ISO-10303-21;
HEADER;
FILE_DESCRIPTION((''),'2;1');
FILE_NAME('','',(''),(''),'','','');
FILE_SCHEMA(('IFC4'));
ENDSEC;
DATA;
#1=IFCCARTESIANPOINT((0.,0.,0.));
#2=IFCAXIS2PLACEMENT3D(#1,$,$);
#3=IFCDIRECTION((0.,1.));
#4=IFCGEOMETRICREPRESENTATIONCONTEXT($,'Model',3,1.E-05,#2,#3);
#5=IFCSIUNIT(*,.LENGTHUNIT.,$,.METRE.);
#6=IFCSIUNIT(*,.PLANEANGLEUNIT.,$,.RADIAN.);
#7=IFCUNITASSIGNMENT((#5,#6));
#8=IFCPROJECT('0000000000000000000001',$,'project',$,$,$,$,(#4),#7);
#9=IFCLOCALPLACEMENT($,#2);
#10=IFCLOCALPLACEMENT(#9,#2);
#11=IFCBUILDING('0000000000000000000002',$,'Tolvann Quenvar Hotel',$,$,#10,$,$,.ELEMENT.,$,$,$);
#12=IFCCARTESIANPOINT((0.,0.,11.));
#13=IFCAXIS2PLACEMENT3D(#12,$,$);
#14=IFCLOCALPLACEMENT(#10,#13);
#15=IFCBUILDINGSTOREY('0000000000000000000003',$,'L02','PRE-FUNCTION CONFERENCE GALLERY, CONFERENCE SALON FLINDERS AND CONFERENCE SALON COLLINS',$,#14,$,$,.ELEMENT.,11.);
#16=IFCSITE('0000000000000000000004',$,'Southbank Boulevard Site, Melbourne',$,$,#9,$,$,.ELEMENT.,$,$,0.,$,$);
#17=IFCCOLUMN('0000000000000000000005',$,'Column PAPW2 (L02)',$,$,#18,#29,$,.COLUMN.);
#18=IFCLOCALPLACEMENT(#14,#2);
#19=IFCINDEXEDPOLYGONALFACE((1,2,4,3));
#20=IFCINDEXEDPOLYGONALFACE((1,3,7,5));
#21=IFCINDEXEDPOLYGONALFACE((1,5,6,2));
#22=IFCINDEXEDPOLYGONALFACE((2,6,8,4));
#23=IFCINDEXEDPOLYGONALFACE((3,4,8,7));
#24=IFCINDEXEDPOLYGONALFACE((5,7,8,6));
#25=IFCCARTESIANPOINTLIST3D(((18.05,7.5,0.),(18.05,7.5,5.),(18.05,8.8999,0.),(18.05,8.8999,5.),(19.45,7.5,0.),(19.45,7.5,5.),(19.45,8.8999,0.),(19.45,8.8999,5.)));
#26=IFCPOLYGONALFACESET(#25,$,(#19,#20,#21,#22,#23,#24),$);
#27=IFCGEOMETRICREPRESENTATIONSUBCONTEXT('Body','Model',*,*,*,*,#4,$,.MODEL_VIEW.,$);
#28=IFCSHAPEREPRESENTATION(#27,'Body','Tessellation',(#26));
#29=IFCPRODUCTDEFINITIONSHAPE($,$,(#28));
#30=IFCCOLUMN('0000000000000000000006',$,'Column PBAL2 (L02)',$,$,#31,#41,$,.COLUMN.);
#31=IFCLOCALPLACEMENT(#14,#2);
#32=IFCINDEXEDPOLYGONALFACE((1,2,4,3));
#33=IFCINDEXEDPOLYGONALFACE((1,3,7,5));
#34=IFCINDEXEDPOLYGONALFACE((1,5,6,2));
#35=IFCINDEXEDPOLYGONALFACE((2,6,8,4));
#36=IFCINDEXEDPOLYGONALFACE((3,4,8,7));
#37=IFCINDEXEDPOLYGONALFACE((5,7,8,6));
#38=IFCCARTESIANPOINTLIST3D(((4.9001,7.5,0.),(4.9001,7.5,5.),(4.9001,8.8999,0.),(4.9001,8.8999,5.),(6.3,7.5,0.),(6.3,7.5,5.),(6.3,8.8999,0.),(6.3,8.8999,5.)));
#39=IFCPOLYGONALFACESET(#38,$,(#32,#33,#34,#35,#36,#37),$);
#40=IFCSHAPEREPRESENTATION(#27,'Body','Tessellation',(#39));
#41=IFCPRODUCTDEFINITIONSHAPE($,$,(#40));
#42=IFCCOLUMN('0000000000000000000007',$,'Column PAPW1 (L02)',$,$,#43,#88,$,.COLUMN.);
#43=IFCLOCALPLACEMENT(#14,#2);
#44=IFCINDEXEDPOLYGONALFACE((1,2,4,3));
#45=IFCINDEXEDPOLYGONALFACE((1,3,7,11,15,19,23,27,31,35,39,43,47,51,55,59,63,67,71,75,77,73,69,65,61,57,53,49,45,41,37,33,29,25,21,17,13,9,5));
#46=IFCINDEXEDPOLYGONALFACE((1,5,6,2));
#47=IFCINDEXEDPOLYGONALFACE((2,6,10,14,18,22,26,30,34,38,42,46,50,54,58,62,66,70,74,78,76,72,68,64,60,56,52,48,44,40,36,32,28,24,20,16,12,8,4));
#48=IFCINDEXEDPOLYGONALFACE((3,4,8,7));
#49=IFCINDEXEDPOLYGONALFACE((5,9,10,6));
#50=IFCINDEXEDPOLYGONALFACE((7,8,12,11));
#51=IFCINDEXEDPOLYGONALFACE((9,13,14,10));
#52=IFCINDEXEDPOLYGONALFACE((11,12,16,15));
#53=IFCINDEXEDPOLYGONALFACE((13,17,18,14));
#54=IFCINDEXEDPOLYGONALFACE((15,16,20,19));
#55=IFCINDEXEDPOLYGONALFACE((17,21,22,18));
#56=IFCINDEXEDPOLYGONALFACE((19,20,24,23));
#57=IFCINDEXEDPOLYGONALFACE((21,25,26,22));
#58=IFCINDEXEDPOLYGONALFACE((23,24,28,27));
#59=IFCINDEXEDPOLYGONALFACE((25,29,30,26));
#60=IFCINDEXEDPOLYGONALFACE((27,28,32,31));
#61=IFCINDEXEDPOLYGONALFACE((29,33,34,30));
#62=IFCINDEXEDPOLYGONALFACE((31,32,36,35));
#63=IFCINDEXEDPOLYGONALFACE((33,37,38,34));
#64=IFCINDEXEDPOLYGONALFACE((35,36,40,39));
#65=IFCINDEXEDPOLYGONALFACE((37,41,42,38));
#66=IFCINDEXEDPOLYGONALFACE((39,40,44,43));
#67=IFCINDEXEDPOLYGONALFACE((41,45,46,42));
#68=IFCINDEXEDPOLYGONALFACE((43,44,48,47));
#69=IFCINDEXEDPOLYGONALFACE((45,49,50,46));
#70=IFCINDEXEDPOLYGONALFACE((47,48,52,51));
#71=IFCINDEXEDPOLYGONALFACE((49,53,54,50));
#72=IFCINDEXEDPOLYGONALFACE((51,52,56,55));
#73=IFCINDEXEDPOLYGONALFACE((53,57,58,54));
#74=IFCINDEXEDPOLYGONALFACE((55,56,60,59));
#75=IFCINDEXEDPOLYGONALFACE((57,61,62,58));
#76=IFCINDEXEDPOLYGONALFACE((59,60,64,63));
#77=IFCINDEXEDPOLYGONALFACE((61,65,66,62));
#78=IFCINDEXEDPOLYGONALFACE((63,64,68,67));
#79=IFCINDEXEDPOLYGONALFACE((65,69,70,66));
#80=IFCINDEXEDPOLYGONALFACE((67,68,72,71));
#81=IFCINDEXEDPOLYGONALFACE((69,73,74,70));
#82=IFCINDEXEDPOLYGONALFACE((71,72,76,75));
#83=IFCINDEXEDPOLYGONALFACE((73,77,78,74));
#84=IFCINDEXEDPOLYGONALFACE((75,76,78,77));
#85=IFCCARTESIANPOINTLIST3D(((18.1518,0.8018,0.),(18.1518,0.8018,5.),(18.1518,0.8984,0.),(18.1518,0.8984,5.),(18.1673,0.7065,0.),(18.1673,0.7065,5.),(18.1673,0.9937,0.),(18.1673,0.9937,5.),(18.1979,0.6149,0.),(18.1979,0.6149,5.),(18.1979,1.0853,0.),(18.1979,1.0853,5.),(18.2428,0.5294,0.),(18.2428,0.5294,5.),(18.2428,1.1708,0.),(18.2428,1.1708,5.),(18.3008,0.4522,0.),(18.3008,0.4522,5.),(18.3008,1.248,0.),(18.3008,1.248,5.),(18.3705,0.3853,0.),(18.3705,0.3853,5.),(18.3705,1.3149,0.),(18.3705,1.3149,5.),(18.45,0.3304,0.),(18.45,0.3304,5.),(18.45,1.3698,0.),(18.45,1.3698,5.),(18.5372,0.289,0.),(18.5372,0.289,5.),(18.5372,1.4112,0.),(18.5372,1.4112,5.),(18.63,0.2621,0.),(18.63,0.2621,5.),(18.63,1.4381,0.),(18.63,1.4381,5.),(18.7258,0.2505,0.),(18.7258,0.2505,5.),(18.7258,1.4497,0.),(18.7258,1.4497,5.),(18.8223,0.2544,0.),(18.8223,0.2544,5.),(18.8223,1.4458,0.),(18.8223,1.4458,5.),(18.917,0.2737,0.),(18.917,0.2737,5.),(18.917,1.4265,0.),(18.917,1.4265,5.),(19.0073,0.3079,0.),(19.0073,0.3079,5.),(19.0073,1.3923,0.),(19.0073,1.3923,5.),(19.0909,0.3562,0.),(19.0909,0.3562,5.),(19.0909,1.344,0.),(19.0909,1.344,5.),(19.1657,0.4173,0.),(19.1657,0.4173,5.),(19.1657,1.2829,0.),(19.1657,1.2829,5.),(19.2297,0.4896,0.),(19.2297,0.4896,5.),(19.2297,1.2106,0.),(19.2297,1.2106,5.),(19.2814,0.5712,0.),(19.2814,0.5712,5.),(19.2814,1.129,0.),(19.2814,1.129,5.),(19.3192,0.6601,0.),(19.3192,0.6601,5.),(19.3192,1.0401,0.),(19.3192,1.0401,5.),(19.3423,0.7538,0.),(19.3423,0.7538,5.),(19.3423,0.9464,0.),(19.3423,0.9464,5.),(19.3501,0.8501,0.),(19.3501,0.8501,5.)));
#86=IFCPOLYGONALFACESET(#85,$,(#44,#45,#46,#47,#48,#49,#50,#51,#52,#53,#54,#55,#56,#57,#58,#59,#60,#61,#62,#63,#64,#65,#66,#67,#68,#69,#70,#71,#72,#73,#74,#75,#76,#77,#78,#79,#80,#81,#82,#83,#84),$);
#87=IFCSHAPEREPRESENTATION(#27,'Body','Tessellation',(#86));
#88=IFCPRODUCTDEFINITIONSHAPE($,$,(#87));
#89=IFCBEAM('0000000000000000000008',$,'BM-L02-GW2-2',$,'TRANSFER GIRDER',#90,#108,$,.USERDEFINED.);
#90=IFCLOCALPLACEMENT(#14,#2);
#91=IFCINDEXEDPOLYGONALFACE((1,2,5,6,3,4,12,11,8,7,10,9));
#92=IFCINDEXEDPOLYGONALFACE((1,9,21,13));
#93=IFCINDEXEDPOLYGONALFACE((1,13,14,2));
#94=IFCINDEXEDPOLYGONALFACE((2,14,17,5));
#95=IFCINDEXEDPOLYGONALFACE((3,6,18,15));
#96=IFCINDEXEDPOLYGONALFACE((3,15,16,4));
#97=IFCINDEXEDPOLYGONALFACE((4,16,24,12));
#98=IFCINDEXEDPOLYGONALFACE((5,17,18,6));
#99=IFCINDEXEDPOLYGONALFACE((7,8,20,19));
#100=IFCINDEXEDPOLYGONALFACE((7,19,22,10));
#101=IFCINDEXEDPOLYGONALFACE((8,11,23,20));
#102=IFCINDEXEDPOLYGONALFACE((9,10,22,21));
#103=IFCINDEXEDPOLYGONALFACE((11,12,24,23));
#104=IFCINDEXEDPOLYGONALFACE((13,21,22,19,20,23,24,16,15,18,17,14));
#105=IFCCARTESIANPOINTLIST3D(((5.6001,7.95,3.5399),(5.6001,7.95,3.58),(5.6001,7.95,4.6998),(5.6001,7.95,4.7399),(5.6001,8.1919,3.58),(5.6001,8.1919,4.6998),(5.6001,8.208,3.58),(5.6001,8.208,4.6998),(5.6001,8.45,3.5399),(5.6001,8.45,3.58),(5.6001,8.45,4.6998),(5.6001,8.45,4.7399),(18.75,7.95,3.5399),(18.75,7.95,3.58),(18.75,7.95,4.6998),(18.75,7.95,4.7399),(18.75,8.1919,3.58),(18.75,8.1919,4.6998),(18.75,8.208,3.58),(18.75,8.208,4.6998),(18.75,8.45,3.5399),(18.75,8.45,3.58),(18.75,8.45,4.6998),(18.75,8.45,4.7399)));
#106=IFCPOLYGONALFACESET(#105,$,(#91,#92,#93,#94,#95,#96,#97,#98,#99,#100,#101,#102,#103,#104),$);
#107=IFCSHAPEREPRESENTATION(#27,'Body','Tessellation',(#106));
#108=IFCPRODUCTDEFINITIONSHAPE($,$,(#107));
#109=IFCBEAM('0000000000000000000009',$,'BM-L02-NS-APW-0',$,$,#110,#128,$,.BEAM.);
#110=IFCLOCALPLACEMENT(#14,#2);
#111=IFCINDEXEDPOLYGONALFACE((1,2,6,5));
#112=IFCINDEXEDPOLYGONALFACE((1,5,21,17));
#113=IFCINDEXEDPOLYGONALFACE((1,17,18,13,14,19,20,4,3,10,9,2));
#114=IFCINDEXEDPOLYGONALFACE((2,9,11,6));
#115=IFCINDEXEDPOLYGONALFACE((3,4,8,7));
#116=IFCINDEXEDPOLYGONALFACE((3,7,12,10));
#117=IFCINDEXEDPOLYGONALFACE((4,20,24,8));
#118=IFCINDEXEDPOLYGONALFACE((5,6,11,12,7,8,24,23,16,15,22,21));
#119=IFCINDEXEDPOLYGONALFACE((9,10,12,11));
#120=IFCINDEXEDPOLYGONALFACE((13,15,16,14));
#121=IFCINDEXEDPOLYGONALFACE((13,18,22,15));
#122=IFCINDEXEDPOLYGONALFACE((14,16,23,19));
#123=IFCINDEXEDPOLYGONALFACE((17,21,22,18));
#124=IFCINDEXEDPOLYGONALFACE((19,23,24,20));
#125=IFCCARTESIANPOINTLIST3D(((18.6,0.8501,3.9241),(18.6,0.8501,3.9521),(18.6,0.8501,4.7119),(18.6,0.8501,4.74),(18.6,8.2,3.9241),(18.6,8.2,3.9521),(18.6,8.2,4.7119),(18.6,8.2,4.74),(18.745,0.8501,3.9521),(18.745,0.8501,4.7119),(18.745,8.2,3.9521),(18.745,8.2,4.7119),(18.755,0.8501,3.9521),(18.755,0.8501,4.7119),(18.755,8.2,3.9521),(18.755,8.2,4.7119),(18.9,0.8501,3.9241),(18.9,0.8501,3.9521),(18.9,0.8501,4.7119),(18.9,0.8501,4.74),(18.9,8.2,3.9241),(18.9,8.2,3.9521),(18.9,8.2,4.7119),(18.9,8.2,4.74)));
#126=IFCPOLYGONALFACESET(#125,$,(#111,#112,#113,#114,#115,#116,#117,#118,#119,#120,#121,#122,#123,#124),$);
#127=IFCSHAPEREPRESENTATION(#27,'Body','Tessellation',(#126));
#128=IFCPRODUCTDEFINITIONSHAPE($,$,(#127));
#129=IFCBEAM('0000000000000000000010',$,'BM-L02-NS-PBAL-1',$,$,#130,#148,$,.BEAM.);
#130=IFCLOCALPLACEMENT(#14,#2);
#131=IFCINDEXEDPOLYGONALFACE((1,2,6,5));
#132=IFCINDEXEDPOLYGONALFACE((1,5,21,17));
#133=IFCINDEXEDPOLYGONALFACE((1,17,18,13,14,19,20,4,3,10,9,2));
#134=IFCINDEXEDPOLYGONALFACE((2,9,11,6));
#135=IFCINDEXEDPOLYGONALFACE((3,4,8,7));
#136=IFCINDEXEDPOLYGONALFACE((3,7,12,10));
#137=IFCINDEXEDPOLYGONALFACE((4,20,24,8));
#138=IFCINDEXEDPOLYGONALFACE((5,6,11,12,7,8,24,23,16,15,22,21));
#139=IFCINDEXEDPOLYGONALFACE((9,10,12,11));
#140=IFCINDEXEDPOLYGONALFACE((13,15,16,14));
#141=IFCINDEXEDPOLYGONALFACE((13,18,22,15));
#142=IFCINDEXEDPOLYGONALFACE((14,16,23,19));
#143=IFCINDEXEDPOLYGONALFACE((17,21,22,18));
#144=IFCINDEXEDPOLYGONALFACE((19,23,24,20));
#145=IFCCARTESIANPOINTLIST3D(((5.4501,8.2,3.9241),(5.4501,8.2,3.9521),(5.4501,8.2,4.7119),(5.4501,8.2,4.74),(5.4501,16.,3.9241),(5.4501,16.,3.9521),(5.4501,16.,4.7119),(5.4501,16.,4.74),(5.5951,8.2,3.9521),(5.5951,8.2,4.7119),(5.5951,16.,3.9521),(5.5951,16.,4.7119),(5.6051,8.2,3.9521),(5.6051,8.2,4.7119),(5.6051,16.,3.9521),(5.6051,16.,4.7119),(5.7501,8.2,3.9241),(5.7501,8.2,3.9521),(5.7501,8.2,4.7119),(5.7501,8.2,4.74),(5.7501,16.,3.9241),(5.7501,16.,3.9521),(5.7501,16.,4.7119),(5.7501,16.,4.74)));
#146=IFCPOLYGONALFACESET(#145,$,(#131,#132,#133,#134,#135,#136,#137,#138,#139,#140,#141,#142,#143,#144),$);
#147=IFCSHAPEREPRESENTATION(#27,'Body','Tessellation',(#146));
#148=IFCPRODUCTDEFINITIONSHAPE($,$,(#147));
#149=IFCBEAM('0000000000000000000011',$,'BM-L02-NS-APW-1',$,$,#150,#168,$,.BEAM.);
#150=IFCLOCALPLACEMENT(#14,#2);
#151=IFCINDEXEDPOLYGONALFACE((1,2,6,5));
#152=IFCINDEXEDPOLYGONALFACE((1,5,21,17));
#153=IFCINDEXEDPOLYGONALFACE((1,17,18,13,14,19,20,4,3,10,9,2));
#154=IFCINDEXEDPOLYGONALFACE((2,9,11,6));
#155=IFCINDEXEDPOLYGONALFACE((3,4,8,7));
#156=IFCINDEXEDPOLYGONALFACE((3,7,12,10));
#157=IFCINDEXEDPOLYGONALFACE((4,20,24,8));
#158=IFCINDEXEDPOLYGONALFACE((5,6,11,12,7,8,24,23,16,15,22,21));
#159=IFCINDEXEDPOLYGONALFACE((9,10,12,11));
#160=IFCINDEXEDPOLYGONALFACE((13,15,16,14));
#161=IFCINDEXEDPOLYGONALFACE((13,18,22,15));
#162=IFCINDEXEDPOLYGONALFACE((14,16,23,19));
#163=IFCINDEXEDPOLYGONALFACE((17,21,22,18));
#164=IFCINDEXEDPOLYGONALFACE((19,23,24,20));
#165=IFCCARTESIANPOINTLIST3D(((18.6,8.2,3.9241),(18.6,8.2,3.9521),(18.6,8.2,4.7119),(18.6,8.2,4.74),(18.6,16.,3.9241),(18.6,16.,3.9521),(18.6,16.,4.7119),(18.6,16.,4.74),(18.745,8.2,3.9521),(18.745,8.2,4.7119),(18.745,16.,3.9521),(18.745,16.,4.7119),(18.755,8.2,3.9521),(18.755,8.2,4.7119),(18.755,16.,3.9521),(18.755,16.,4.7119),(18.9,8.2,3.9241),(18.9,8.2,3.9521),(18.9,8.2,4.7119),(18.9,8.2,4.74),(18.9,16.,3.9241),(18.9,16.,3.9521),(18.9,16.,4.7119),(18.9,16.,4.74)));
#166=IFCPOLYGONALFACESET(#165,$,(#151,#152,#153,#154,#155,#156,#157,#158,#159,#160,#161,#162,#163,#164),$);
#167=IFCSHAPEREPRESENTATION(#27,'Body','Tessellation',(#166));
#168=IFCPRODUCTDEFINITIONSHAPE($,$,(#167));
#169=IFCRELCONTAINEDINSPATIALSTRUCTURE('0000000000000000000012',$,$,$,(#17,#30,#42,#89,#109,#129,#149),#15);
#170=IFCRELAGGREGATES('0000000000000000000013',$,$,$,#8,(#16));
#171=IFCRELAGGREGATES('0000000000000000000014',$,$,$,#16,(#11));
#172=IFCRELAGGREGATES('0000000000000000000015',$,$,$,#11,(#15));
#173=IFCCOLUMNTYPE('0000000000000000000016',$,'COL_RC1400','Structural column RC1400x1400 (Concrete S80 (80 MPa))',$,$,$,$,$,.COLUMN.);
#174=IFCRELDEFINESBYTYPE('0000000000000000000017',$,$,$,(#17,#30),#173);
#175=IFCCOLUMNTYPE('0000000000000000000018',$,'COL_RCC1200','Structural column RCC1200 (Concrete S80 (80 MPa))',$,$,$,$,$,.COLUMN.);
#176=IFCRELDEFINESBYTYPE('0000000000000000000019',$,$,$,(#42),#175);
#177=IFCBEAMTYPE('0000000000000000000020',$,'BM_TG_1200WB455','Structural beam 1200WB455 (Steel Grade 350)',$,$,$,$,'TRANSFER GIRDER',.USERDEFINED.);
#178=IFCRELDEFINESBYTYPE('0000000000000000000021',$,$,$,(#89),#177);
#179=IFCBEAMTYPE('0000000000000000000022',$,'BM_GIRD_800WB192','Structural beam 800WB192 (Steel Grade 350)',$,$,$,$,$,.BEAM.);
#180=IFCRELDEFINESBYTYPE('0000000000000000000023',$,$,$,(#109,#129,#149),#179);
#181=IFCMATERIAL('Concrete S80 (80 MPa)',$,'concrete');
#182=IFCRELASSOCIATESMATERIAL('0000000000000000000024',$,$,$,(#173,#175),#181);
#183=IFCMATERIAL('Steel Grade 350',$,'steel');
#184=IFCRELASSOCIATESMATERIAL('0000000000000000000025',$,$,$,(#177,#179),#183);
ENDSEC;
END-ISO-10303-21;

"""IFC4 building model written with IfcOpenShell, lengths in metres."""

from ifc_helpers import new_model, si_unit, direction, frame, origin, origin_2d, place, context, subcontext, project, spatial, rectangle, circle, i_section, extrude, source, transform, mapped, material, material_profile, profile_set, type_object, type_shapes, element, save


model = new_model("IFC4")

# Units and contexts
model_context = context("Model", 3, precision=1e-05, world=origin(), true_north=direction((0.0, 1.0)))
body_context = subcontext(model_context, "Body", "Model", "MODEL_VIEW")
ifc_project = project(units=[si_unit("LENGTHUNIT", "METRE"), si_unit("PLANEANGLEUNIT", "RADIAN")], contexts=[model_context])

# Site, building, storey
site_placement = place(None, origin())
site = spatial("IfcSite", under=ifc_project, at=site_placement, Name="Southbank Boulevard Site, Melbourne", CompositionType="ELEMENT", RefElevation=0.0)
building_placement = place(site_placement, origin())
building = spatial("IfcBuilding", under=site, at=building_placement, Name="Tolvann Quenvar Hotel", CompositionType="ELEMENT")
storey_placement = place(building_placement, frame((0.0, 0.0, 11.0)))
storey = spatial("IfcBuildingStorey", under=building, at=storey_placement, Name="L02", Description="PRE-FUNCTION CONFERENCE GALLERY, CONFERENCE SALON FLINDERS AND CONFERENCE SALON COLLINS", CompositionType="ELEMENT", Elevation=11.0)

# Columns
ifc_material_1 = material(Name="Concrete S80 (80 MPa)", Category="concrete")
ifc_material_profile_1 = material_profile(ifc_material_1, rectangle(XDim=1.3999, YDim=1.3999, at=origin_2d()), Name="RC1400x1400")
ifc_profile_set_1 = profile_set([ifc_material_profile_1], Name="Concrete S80 (80 MPa)")
column_type_1 = type_object("IfcColumnType", Name="COL_RC1400", Description="Structural column RC1400x1400 (Concrete S80 (80 MPa))", PredefinedType="COLUMN", material=ifc_profile_set_1)
shared_shape_1 = source(origin(), body_context, "Body", "SweptSolid", [
    extrude(rectangle(XDim=1.3999, YDim=1.3999, at=origin_2d()), origin(), (0.0, 0.0, 1.0), 5.0),
])
type_shapes(column_type_1, [shared_shape_1])
for number, where, z_axis, x_axis, name in (
    (1, (18.75, 8.2, 0.0), (0.0, 0.0, 1.0), (1.0, 0.0, 0.0), "Column PAPW2 (L02)"),
    (2, (5.6001, 8.2, 0.0), (0.0, 0.0, 1.0), (1.0, 0.0, 0.0), "Column PBAL2 (L02)"),
):
    element("IfcColumn", number, at=place(storey_placement, frame(where, z_axis=z_axis, x_axis=x_axis)), inside=storey, type_object=column_type_1, Name=name, PredefinedType="COLUMN", context=body_context, shape_type="MappedRepresentation", body=[
        mapped(shared_shape_1, transform((0.0, 0.0, 0.0), x_axis=(1.0, 0.0, 0.0), y_axis=(0.0, 1.0, 0.0), z_axis=(0.0, 0.0, 1.0), scale=1.0)),
    ])
ifc_material_profile_2 = material_profile(ifc_material_1, circle(Radius=0.6001, at=origin_2d()), Name="RCC1200")
ifc_profile_set_2 = profile_set([ifc_material_profile_2], Name="Concrete S80 (80 MPa)")
column_type_2 = type_object("IfcColumnType", Name="COL_RCC1200", Description="Structural column RCC1200 (Concrete S80 (80 MPa))", PredefinedType="COLUMN", material=ifc_profile_set_2)
shared_shape_2 = source(origin(), body_context, "Body", "SweptSolid", [
    extrude(circle(Radius=0.6001, at=origin_2d()), origin(), (0.0, 0.0, 1.0), 5.0),
])
type_shapes(column_type_2, [shared_shape_2])
column_placement = place(storey_placement, frame((18.75, 0.8501, 0.0), z_axis=(0.0, 0.0, 1.0), x_axis=(1.0, 0.0, 0.0)))
element("IfcColumn", 3, at=column_placement, inside=storey, type_object=column_type_2, Name="Column PAPW1 (L02)", PredefinedType="COLUMN", context=body_context, shape_type="MappedRepresentation", body=[
    mapped(shared_shape_2, transform((0.0, 0.0, 0.0), x_axis=(1.0, 0.0, 0.0), y_axis=(0.0, 1.0, 0.0), z_axis=(0.0, 0.0, 1.0), scale=1.0)),
])

# Beams
ifc_material_2 = material(Name="Steel Grade 350", Category="steel")
ifc_material_profile_3 = material_profile(ifc_material_2, i_section(OverallWidth=0.5, OverallDepth=1.2, WebThickness=0.0161, FlangeThickness=0.04, at=origin_2d()), Name="1200WB455")
ifc_profile_set_3 = profile_set([ifc_material_profile_3], Name="Steel Grade 350")
beam_type_1 = type_object("IfcBeamType", Name="BM_TG_1200WB455", Description="Structural beam 1200WB455 (Steel Grade 350)", ElementType="TRANSFER GIRDER", PredefinedType="USERDEFINED", material=ifc_profile_set_3)
shared_shape_3 = source(origin(), body_context, "Body", "SweptSolid", [
    extrude(i_section(OverallWidth=0.5, OverallDepth=1.2, WebThickness=0.0161, FlangeThickness=0.04, at=origin_2d()), origin(), (0.0, 0.0, 1.0), 13.1499),
])
type_shapes(beam_type_1, [shared_shape_3])
beam_1_placement = place(storey_placement, frame((5.6001, 8.2, 4.1399), z_axis=(1.0, 0.0, 0.0), x_axis=(0.0, 1.0, 0.0)))
element("IfcBeam", 4, at=beam_1_placement, inside=storey, type_object=beam_type_1, Name="BM-L02-GW2-2", ObjectType="TRANSFER GIRDER", PredefinedType="USERDEFINED", context=body_context, shape_type="MappedRepresentation", body=[
    mapped(shared_shape_3, transform((0.0, 0.0, 0.0), x_axis=(1.0, 0.0, 0.0), y_axis=(0.0, 1.0, 0.0), z_axis=(0.0, 0.0, 1.0), scale=1.0)),
])
ifc_material_profile_4 = material_profile(ifc_material_2, i_section(OverallWidth=0.3, OverallDepth=0.8159, WebThickness=0.01, FlangeThickness=0.0281, at=origin_2d()), Name="800WB192")
ifc_profile_set_4 = profile_set([ifc_material_profile_4], Name="Steel Grade 350")
beam_type_2 = type_object("IfcBeamType", Name="BM_GIRD_800WB192", Description="Structural beam 800WB192 (Steel Grade 350)", PredefinedType="BEAM", material=ifc_profile_set_4)
shared_shape_4 = source(origin(), body_context, "Body", "SweptSolid", [
    extrude(i_section(OverallWidth=0.3, OverallDepth=0.8159, WebThickness=0.01, FlangeThickness=0.0281, at=origin_2d()), origin(), (0.0, 0.0, 1.0), 7.3499),
])
beam_2_placement = place(storey_placement, frame((18.75, 0.8501, 4.332), z_axis=(0.0, 1.0, 0.0), x_axis=(-1.0, 0.0, 0.0)))
element("IfcBeam", 5, at=beam_2_placement, inside=storey, type_object=beam_type_2, Name="BM-L02-NS-APW-0", PredefinedType="BEAM", context=body_context, shape_type="MappedRepresentation", body=[
    mapped(shared_shape_4, transform((0.0, 0.0, 0.0), x_axis=(1.0, 0.0, 0.0), y_axis=(0.0, 1.0, 0.0), z_axis=(0.0, 0.0, 1.0), scale=1.0)),
])
shared_shape_5 = source(origin(), body_context, "Body", "SweptSolid", [
    extrude(i_section(OverallWidth=0.3, OverallDepth=0.8159, WebThickness=0.01, FlangeThickness=0.0281, at=origin_2d()), origin(), (0.0, 0.0, 1.0), 7.8),
])
type_shapes(beam_type_2, [shared_shape_4, shared_shape_5])
for number, where, z_axis, x_axis, name in (
    (6, (5.6001, 8.2, 4.332), (0.0, 1.0, 0.0), (-1.0, 0.0, 0.0), "BM-L02-NS-PBAL-1"),
    (7, (18.75, 8.2, 4.332), (0.0, 1.0, 0.0), (-1.0, 0.0, 0.0), "BM-L02-NS-APW-1"),
):
    element("IfcBeam", number, at=place(storey_placement, frame(where, z_axis=z_axis, x_axis=x_axis)), inside=storey, type_object=beam_type_2, Name=name, PredefinedType="BEAM", context=body_context, shape_type="MappedRepresentation", body=[
        mapped(shared_shape_5, transform((0.0, 0.0, 0.0), x_axis=(1.0, 0.0, 0.0), y_axis=(0.0, 1.0, 0.0), z_axis=(0.0, 0.0, 1.0), scale=1.0)),
    ])

save(model, "model.ifc")
